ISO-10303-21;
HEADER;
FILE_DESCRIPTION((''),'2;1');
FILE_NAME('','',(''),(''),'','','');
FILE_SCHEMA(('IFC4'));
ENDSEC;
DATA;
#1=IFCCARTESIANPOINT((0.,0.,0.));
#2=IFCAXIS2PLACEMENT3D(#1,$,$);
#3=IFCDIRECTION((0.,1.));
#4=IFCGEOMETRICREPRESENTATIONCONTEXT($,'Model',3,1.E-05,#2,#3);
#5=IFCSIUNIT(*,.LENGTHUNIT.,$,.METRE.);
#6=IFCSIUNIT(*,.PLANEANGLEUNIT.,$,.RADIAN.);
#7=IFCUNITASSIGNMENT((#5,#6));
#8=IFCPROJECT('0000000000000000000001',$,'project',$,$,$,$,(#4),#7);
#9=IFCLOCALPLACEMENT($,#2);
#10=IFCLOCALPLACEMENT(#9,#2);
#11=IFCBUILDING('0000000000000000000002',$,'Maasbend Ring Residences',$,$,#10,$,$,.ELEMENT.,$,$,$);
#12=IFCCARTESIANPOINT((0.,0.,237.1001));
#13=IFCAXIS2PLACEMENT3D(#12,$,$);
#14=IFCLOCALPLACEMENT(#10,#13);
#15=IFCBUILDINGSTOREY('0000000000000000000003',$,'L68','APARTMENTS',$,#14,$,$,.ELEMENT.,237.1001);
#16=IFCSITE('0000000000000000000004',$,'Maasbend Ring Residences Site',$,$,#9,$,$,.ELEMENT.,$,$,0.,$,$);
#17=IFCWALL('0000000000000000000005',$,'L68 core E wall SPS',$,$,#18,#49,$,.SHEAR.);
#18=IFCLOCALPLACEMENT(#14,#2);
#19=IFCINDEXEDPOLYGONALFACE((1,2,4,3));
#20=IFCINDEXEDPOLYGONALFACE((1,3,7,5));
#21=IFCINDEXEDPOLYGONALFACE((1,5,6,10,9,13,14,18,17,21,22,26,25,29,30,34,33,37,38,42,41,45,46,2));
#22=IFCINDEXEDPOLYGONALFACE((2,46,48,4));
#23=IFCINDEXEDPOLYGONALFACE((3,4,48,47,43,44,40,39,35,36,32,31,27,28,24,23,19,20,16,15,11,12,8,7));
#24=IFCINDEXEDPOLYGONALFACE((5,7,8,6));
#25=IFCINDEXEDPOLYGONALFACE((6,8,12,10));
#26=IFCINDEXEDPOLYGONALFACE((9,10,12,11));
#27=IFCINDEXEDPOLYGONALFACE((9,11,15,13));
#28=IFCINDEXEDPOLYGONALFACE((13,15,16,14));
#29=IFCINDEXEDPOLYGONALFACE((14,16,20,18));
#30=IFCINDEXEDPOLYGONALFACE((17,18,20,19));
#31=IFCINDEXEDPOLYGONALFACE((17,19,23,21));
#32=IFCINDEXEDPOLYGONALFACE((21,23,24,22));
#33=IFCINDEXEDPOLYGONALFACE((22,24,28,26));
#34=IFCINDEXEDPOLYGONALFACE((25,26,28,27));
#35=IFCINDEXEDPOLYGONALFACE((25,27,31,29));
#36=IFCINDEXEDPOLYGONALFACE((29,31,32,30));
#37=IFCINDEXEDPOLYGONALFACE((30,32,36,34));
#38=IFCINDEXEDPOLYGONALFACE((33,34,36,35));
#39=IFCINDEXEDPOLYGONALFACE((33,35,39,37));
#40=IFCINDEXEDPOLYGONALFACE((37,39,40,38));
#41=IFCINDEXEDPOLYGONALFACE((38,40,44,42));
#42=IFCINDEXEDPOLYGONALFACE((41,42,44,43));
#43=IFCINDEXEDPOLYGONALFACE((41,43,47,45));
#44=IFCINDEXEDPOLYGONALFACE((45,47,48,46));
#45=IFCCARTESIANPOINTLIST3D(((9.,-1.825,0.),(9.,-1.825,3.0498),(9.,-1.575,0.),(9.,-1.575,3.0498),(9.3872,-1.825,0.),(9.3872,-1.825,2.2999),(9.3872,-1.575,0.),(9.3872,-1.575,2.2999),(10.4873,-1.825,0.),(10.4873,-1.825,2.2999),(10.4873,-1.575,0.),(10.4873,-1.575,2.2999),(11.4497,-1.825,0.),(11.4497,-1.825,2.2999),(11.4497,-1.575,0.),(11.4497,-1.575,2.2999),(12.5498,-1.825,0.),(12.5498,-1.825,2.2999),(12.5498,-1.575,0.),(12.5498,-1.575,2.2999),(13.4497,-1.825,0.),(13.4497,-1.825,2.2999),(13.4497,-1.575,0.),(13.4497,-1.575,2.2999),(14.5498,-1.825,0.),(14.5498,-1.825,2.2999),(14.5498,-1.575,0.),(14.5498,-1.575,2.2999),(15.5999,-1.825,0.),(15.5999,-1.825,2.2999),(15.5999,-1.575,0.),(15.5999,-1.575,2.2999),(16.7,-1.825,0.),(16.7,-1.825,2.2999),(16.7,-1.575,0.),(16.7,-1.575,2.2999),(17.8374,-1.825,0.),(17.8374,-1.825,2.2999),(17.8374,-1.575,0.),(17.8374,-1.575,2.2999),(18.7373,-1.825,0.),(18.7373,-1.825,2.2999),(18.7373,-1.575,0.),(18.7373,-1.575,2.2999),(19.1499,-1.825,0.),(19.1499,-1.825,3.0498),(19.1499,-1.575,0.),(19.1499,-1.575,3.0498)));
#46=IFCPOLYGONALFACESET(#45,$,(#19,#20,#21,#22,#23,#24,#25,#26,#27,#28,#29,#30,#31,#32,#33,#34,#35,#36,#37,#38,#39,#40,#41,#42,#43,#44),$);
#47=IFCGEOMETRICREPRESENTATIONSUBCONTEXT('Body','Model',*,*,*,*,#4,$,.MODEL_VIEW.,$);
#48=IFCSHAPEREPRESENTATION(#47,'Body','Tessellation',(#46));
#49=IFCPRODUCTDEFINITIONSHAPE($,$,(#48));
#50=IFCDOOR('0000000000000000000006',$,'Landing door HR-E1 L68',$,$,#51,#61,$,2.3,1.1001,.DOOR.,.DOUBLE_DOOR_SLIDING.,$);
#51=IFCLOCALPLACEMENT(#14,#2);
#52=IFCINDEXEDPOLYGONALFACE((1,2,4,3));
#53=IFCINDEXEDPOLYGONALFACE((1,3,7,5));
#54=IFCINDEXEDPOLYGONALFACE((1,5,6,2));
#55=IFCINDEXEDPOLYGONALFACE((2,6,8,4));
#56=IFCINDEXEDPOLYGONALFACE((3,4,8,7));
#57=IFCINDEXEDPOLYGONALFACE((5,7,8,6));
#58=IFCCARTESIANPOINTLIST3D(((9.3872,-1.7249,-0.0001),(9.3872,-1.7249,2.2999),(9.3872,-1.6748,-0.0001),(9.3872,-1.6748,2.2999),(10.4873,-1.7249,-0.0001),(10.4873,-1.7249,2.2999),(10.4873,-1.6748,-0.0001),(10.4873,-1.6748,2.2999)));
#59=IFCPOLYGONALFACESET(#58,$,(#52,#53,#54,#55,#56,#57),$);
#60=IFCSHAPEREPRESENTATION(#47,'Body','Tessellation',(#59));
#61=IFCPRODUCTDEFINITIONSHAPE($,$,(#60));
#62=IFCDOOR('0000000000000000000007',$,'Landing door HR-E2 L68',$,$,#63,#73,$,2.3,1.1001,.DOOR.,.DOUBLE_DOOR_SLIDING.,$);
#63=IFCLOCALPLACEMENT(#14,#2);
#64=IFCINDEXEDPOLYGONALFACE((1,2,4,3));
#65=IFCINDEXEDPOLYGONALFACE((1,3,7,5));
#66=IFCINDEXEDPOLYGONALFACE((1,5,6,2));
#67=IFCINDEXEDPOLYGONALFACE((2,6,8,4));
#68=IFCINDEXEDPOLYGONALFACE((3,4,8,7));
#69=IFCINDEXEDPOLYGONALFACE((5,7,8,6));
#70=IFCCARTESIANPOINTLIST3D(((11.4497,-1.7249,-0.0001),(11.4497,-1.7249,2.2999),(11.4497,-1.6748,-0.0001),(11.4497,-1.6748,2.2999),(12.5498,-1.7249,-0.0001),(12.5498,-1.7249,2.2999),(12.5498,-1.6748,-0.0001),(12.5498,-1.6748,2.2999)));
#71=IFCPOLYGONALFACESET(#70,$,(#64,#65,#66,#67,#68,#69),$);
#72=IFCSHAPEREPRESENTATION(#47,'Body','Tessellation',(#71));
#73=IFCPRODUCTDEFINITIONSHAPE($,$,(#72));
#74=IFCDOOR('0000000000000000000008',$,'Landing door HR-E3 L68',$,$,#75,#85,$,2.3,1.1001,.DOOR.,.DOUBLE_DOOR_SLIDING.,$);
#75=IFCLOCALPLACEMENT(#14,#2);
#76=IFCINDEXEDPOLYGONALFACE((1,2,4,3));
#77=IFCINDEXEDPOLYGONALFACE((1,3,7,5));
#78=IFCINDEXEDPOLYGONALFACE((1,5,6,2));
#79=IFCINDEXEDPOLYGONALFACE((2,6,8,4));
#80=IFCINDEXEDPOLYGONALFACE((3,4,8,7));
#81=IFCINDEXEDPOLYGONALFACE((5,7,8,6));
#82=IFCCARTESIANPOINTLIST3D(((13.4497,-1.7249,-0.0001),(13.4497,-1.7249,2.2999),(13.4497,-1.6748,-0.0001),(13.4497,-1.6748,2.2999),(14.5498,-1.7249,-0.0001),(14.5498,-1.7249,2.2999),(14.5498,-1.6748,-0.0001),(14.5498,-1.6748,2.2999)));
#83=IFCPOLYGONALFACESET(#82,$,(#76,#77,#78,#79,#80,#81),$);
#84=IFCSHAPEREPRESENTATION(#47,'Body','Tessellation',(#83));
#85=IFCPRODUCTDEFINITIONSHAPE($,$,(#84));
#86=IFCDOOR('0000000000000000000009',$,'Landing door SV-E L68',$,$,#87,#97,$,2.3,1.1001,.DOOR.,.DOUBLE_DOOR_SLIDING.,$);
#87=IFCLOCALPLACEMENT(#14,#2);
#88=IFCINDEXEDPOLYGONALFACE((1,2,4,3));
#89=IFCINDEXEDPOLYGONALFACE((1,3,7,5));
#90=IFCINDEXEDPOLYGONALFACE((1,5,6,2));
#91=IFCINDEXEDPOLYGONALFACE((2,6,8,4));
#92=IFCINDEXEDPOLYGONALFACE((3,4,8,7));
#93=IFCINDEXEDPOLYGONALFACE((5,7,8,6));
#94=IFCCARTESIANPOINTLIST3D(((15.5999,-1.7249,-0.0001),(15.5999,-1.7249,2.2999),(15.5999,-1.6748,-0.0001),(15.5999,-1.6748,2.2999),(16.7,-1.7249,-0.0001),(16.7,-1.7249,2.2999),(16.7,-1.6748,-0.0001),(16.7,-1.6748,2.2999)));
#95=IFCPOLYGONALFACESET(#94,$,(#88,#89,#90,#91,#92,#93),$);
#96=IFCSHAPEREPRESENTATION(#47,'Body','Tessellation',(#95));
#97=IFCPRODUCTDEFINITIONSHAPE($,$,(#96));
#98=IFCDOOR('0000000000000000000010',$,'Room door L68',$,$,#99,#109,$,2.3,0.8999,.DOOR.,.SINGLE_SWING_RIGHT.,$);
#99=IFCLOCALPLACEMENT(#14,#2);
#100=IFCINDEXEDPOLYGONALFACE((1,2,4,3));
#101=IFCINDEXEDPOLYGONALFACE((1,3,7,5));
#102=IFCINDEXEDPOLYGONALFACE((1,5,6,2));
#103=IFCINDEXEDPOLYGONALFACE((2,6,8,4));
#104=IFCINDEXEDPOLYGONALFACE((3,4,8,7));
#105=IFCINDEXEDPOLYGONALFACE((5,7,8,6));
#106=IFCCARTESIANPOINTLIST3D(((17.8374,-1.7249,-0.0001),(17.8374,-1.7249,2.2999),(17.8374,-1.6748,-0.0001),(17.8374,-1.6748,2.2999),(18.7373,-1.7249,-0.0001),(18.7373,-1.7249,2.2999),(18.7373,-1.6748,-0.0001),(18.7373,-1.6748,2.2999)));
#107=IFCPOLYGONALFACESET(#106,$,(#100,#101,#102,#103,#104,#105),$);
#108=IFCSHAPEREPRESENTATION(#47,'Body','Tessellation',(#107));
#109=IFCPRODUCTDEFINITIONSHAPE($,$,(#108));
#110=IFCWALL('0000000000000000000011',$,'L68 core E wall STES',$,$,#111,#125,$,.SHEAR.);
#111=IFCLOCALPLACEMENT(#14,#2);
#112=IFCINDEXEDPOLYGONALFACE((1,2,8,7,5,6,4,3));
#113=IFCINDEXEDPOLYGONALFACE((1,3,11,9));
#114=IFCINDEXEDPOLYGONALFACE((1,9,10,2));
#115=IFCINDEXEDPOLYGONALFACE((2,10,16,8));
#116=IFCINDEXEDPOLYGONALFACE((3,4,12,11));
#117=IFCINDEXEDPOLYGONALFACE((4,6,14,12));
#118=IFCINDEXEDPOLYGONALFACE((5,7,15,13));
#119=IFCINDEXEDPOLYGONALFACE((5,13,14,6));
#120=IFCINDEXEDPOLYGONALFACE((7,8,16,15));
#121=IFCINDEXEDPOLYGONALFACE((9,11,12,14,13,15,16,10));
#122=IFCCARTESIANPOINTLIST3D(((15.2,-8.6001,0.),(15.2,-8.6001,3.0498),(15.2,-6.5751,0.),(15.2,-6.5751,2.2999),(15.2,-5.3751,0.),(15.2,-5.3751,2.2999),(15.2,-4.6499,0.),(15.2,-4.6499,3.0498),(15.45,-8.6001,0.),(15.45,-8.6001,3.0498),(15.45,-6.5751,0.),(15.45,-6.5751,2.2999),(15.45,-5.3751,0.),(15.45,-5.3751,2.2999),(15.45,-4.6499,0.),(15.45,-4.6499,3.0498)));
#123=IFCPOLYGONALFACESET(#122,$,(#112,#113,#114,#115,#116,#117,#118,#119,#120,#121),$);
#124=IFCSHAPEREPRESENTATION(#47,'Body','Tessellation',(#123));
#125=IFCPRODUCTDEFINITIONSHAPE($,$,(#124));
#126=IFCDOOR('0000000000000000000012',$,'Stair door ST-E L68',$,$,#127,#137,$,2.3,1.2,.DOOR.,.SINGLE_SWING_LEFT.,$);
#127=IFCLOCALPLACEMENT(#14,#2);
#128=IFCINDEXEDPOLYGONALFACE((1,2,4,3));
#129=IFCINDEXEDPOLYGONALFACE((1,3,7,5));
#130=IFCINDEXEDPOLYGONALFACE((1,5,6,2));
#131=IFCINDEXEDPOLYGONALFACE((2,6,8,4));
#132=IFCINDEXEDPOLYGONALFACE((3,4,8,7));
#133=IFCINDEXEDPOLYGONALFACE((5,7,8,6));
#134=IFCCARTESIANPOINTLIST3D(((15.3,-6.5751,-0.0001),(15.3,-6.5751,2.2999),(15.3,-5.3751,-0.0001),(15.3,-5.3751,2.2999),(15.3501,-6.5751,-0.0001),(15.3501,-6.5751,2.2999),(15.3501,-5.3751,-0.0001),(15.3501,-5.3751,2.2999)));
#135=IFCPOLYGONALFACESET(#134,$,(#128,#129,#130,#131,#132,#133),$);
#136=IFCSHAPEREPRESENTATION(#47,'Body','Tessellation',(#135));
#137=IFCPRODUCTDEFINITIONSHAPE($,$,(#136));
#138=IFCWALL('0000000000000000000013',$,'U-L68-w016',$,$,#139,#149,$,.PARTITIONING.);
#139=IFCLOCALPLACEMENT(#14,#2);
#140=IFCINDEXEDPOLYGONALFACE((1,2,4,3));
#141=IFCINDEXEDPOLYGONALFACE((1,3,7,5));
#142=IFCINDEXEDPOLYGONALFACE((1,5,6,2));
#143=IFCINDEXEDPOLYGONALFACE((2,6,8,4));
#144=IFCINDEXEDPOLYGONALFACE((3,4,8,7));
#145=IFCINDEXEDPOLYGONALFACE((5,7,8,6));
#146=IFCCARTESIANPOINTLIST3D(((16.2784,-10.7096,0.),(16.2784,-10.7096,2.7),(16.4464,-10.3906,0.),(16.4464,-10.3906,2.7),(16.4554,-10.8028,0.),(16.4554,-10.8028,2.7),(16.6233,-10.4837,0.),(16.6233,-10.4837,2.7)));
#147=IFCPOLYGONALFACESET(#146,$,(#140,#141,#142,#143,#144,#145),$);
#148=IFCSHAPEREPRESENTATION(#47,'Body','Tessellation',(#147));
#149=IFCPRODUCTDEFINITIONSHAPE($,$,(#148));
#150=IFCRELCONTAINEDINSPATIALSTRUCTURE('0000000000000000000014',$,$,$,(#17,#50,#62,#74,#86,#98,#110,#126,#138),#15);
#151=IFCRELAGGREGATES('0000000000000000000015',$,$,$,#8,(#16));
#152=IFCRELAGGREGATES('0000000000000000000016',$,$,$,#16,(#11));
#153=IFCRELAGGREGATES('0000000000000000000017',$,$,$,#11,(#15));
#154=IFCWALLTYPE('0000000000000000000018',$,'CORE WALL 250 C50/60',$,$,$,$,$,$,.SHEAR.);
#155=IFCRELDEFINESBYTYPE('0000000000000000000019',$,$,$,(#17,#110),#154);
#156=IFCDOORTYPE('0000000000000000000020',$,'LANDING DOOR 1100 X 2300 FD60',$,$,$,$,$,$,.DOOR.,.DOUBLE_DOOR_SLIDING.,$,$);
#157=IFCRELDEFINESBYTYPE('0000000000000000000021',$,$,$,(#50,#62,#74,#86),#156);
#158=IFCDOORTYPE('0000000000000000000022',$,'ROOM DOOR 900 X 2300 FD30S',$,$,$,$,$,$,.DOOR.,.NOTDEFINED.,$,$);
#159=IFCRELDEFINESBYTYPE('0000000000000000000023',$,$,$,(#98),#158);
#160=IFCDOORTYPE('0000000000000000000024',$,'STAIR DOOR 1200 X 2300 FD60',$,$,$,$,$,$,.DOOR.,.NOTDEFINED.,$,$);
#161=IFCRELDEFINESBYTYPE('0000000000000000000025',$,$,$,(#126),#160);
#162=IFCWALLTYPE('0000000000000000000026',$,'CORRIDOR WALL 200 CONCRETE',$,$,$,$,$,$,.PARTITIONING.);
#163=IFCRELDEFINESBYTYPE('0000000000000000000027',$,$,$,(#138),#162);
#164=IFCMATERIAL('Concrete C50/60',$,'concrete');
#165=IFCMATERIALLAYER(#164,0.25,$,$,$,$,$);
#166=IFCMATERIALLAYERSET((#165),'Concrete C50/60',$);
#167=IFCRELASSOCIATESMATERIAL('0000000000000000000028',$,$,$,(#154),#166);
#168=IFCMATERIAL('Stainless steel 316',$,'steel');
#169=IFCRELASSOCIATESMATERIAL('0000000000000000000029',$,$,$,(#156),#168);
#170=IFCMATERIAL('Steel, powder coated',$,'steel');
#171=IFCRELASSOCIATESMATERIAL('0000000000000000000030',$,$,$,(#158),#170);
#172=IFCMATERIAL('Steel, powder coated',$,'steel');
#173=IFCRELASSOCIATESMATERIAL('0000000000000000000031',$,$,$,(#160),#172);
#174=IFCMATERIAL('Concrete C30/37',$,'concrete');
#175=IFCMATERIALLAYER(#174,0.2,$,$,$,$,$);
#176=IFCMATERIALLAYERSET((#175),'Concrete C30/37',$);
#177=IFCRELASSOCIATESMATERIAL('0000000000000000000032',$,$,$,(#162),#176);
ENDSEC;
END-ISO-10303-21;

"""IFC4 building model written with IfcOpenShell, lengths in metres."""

from ifc_helpers import new_model, si_unit, direction, frame, frame_2d, origin, place, context, subcontext, project, spatial, rectangle, extrude, material, layer, layer_set, type_object, element, fill, save


model = new_model("IFC4")

# Units and contexts
model_context = context("Model", 3, precision=1e-05, world=origin(), true_north=direction((0.0, 1.0)))
body_context = subcontext(model_context, "Body", "Model", "MODEL_VIEW")
ifc_project = project(units=[si_unit("LENGTHUNIT", "METRE"), si_unit("PLANEANGLEUNIT", "RADIAN")], contexts=[model_context])

# Site, building, storey
site_placement = place(None, origin())
site = spatial("IfcSite", under=ifc_project, at=site_placement, Name="Maasbend Ring Residences Site", CompositionType="ELEMENT", RefElevation=0.0)
building_placement = place(site_placement, origin())
building = spatial("IfcBuilding", under=site, at=building_placement, Name="Maasbend Ring Residences", CompositionType="ELEMENT")
storey_placement = place(building_placement, frame((0.0, 0.0, 237.1001)))
storey = spatial("IfcBuildingStorey", under=building, at=storey_placement, Name="L68", Description="APARTMENTS", CompositionType="ELEMENT", Elevation=237.1001)

# Wall, openings, doors
ifc_material_1 = material(Name="Concrete C50/60", Category="concrete")
ifc_layer_1 = layer(ifc_material_1, 0.25)
ifc_layer_set_1 = layer_set([ifc_layer_1], Name="Concrete C50/60")
wall_type_1 = type_object("IfcWallType", Name="CORE WALL 250 C50/60", PredefinedType="SHEAR", material=ifc_layer_set_1)
wall_1_placement = place(storey_placement, frame((19.1499, -1.7, 0.0), z_axis=(0.0, 0.0, 1.0), x_axis=(-1.0, 0.0, 0.0)))
wall_1 = element("IfcWall", 1, at=wall_1_placement, inside=storey, type_object=wall_type_1, Name="L68 core E wall SPS", PredefinedType="SHEAR", context=body_context, shape_type="SweptSolid", body=[
    extrude(rectangle(XDim=10.1499, YDim=0.25, at=frame_2d((5.075, 0.0))), origin(), (0.0, 0.0, 1.0), 3.0498),
])
opening_1_placement = place(wall_1_placement, frame((8.6626, 0.0, 0.0)))
opening_1 = element("IfcOpeningElement", 2, at=opening_1_placement, cuts=wall_1, PredefinedType="OPENING", context=body_context, shape_type="SweptSolid", body=[
    extrude(rectangle(XDim=1.1001, YDim=2.3, at=frame_2d((0.55, 1.1499))), frame((0.0, 0.135, 0.0), z_axis=(0.0, -1.0, 0.0), x_axis=(1.0, 0.0, 0.0)), (0.0, 0.0, 1.0), 0.27),
])
opening_2_placement = place(wall_1_placement, frame((6.6001, 0.0, 0.0)))
opening_2 = element("IfcOpeningElement", 3, at=opening_2_placement, cuts=wall_1, PredefinedType="OPENING", context=body_context, shape_type="SweptSolid", body=[
    extrude(rectangle(XDim=1.1001, YDim=2.3, at=frame_2d((0.55, 1.1499))), frame((0.0, 0.135, 0.0), z_axis=(0.0, -1.0, 0.0), x_axis=(1.0, 0.0, 0.0)), (0.0, 0.0, 1.0), 0.27),
])
opening_3_placement = place(wall_1_placement, frame((4.6001, 0.0, 0.0)))
opening_3 = element("IfcOpeningElement", 4, at=opening_3_placement, cuts=wall_1, PredefinedType="OPENING", context=body_context, shape_type="SweptSolid", body=[
    extrude(rectangle(XDim=1.1001, YDim=2.3, at=frame_2d((0.55, 1.1499))), frame((0.0, 0.135, 0.0), z_axis=(0.0, -1.0, 0.0), x_axis=(1.0, 0.0, 0.0)), (0.0, 0.0, 1.0), 0.27),
])
opening_4_placement = place(wall_1_placement, frame((2.45, 0.0, 0.0)))
opening_4 = element("IfcOpeningElement", 5, at=opening_4_placement, cuts=wall_1, PredefinedType="OPENING", context=body_context, shape_type="SweptSolid", body=[
    extrude(rectangle(XDim=1.1001, YDim=2.3, at=frame_2d((0.55, 1.1499))), frame((0.0, 0.135, 0.0), z_axis=(0.0, -1.0, 0.0), x_axis=(1.0, 0.0, 0.0)), (0.0, 0.0, 1.0), 0.27),
])
opening_5_placement = place(wall_1_placement, frame((0.4126, 0.0, 0.0)))
opening_5 = element("IfcOpeningElement", 6, at=opening_5_placement, cuts=wall_1, PredefinedType="OPENING", context=body_context, shape_type="SweptSolid", body=[
    extrude(rectangle(XDim=0.8999, YDim=2.3, at=frame_2d((0.45, 1.1499))), frame((0.0, 0.135, 0.0), z_axis=(0.0, -1.0, 0.0), x_axis=(1.0, 0.0, 0.0)), (0.0, 0.0, 1.0), 0.27),
])
ifc_material_2 = material(Name="Stainless steel 316", Category="steel")
door_type_1 = type_object("IfcDoorType", Name="LANDING DOOR 1100 X 2300 FD60", OperationType="DOUBLE_DOOR_SLIDING", PredefinedType="DOOR", material=ifc_material_2)
door_1_placement = place(opening_1_placement, origin())
door_1 = element("IfcDoor", 7, at=door_1_placement, inside=storey, type_object=door_type_1, Name="Landing door HR-E1 L68", OperationType="DOUBLE_DOOR_SLIDING", OverallHeight=2.3, OverallWidth=1.1001, PredefinedType="DOOR", context=body_context, shape_type="SweptSolid", body=[
    extrude(rectangle(XDim=1.1001, YDim=2.3, at=frame_2d((0.55, 1.1499))), frame((0.0, 0.0249, 0.0), z_axis=(0.0, -1.0, 0.0), x_axis=(1.0, 0.0, 0.0)), (0.0, 0.0, 1.0), 0.05),
])
fill(opening_1, door_1)
door_2_placement = place(opening_2_placement, origin())
door_2 = element("IfcDoor", 8, at=door_2_placement, inside=storey, type_object=door_type_1, Name="Landing door HR-E2 L68", OperationType="DOUBLE_DOOR_SLIDING", OverallHeight=2.3, OverallWidth=1.1001, PredefinedType="DOOR", context=body_context, shape_type="SweptSolid", body=[
    extrude(rectangle(XDim=1.1001, YDim=2.3, at=frame_2d((0.55, 1.1499))), frame((0.0, 0.0249, 0.0), z_axis=(0.0, -1.0, 0.0), x_axis=(1.0, 0.0, 0.0)), (0.0, 0.0, 1.0), 0.05),
])
fill(opening_2, door_2)
door_3_placement = place(opening_3_placement, origin())
door_3 = element("IfcDoor", 9, at=door_3_placement, inside=storey, type_object=door_type_1, Name="Landing door HR-E3 L68", OperationType="DOUBLE_DOOR_SLIDING", OverallHeight=2.3, OverallWidth=1.1001, PredefinedType="DOOR", context=body_context, shape_type="SweptSolid", body=[
    extrude(rectangle(XDim=1.1001, YDim=2.3, at=frame_2d((0.55, 1.1499))), frame((0.0, 0.0249, 0.0), z_axis=(0.0, -1.0, 0.0), x_axis=(1.0, 0.0, 0.0)), (0.0, 0.0, 1.0), 0.05),
])
fill(opening_3, door_3)
door_4_placement = place(opening_4_placement, origin())
door_4 = element("IfcDoor", 10, at=door_4_placement, inside=storey, type_object=door_type_1, Name="Landing door SV-E L68", OperationType="DOUBLE_DOOR_SLIDING", OverallHeight=2.3, OverallWidth=1.1001, PredefinedType="DOOR", context=body_context, shape_type="SweptSolid", body=[
    extrude(rectangle(XDim=1.1001, YDim=2.3, at=frame_2d((0.55, 1.1499))), frame((0.0, 0.0249, 0.0), z_axis=(0.0, -1.0, 0.0), x_axis=(1.0, 0.0, 0.0)), (0.0, 0.0, 1.0), 0.05),
])
fill(opening_4, door_4)
ifc_material_3 = material(Name="Steel, powder coated", Category="steel")
door_type_2 = type_object("IfcDoorType", Name="ROOM DOOR 900 X 2300 FD30S", OperationType="NOTDEFINED", PredefinedType="DOOR", material=ifc_material_3)
door_5_placement = place(opening_5_placement, origin())
door_5 = element("IfcDoor", 11, at=door_5_placement, inside=storey, type_object=door_type_2, Name="Room door L68", OperationType="SINGLE_SWING_RIGHT", OverallHeight=2.3, OverallWidth=0.8999, PredefinedType="DOOR", context=body_context, shape_type="SweptSolid", body=[
    extrude(rectangle(XDim=0.8999, YDim=2.3, at=frame_2d((0.45, 1.1499))), frame((0.0, 0.0249, 0.0), z_axis=(0.0, -1.0, 0.0), x_axis=(1.0, 0.0, 0.0)), (0.0, 0.0, 1.0), 0.05),
])
fill(opening_5, door_5)

# Wall, opening, door
wall_2_placement = place(storey_placement, frame((15.325, -8.6001, 0.0), z_axis=(0.0, 0.0, 1.0), x_axis=(0.0, 1.0, 0.0)))
wall_2 = element("IfcWall", 12, at=wall_2_placement, inside=storey, type_object=wall_type_1, Name="L68 core E wall STES", PredefinedType="SHEAR", context=body_context, shape_type="SweptSolid", body=[
    extrude(rectangle(XDim=3.9502, YDim=0.25, at=frame_2d((1.9751, 0.0))), origin(), (0.0, 0.0, 1.0), 3.0498),
])
opening_6_placement = place(wall_2_placement, frame((2.0249, 0.0, 0.0)))
opening_6 = element("IfcOpeningElement", 13, at=opening_6_placement, cuts=wall_2, PredefinedType="OPENING", context=body_context, shape_type="SweptSolid", body=[
    extrude(rectangle(XDim=1.2, YDim=2.3, at=frame_2d((0.6001, 1.1499))), frame((0.0, 0.135, 0.0), z_axis=(0.0, -1.0, 0.0), x_axis=(1.0, 0.0, 0.0)), (0.0, 0.0, 1.0), 0.27),
])
ifc_material_4 = material(Name="Steel, powder coated", Category="steel")
door_type_3 = type_object("IfcDoorType", Name="STAIR DOOR 1200 X 2300 FD60", OperationType="NOTDEFINED", PredefinedType="DOOR", material=ifc_material_4)
door_6_placement = place(opening_6_placement, origin())
door_6 = element("IfcDoor", 14, at=door_6_placement, inside=storey, type_object=door_type_3, Name="Stair door ST-E L68", OperationType="SINGLE_SWING_LEFT", OverallHeight=2.3, OverallWidth=1.2, PredefinedType="DOOR", context=body_context, shape_type="SweptSolid", body=[
    extrude(rectangle(XDim=1.2, YDim=2.3, at=frame_2d((0.6001, 1.1499))), frame((0.0, 0.0249, 0.0), z_axis=(0.0, -1.0, 0.0), x_axis=(1.0, 0.0, 0.0)), (0.0, 0.0, 1.0), 0.05),
])
fill(opening_6, door_6)

# Wall
ifc_material_5 = material(Name="Concrete C30/37", Category="concrete")
ifc_layer_2 = layer(ifc_material_5, 0.2)
ifc_layer_set_2 = layer_set([ifc_layer_2], Name="Concrete C30/37")
wall_type_2 = type_object("IfcWallType", Name="CORRIDOR WALL 200 CONCRETE", PredefinedType="PARTITIONING", material=ifc_layer_set_2)
wall_3_placement = place(storey_placement, frame((16.3669, -10.7561, 0.0), z_axis=(0.0, 0.0, 1.0), x_axis=(0.465802, 0.884889, 0.0)))
element("IfcWall", 15, at=wall_3_placement, inside=storey, type_object=wall_type_2, Name="U-L68-w016", PredefinedType="PARTITIONING", context=body_context, shape_type="SweptSolid", body=[
    extrude(rectangle(XDim=0.3606, YDim=0.2, at=frame_2d((0.1802, 0.0))), origin(), (0.0, 0.0, 1.0), 2.7),
])

save(model, "model.ifc")
